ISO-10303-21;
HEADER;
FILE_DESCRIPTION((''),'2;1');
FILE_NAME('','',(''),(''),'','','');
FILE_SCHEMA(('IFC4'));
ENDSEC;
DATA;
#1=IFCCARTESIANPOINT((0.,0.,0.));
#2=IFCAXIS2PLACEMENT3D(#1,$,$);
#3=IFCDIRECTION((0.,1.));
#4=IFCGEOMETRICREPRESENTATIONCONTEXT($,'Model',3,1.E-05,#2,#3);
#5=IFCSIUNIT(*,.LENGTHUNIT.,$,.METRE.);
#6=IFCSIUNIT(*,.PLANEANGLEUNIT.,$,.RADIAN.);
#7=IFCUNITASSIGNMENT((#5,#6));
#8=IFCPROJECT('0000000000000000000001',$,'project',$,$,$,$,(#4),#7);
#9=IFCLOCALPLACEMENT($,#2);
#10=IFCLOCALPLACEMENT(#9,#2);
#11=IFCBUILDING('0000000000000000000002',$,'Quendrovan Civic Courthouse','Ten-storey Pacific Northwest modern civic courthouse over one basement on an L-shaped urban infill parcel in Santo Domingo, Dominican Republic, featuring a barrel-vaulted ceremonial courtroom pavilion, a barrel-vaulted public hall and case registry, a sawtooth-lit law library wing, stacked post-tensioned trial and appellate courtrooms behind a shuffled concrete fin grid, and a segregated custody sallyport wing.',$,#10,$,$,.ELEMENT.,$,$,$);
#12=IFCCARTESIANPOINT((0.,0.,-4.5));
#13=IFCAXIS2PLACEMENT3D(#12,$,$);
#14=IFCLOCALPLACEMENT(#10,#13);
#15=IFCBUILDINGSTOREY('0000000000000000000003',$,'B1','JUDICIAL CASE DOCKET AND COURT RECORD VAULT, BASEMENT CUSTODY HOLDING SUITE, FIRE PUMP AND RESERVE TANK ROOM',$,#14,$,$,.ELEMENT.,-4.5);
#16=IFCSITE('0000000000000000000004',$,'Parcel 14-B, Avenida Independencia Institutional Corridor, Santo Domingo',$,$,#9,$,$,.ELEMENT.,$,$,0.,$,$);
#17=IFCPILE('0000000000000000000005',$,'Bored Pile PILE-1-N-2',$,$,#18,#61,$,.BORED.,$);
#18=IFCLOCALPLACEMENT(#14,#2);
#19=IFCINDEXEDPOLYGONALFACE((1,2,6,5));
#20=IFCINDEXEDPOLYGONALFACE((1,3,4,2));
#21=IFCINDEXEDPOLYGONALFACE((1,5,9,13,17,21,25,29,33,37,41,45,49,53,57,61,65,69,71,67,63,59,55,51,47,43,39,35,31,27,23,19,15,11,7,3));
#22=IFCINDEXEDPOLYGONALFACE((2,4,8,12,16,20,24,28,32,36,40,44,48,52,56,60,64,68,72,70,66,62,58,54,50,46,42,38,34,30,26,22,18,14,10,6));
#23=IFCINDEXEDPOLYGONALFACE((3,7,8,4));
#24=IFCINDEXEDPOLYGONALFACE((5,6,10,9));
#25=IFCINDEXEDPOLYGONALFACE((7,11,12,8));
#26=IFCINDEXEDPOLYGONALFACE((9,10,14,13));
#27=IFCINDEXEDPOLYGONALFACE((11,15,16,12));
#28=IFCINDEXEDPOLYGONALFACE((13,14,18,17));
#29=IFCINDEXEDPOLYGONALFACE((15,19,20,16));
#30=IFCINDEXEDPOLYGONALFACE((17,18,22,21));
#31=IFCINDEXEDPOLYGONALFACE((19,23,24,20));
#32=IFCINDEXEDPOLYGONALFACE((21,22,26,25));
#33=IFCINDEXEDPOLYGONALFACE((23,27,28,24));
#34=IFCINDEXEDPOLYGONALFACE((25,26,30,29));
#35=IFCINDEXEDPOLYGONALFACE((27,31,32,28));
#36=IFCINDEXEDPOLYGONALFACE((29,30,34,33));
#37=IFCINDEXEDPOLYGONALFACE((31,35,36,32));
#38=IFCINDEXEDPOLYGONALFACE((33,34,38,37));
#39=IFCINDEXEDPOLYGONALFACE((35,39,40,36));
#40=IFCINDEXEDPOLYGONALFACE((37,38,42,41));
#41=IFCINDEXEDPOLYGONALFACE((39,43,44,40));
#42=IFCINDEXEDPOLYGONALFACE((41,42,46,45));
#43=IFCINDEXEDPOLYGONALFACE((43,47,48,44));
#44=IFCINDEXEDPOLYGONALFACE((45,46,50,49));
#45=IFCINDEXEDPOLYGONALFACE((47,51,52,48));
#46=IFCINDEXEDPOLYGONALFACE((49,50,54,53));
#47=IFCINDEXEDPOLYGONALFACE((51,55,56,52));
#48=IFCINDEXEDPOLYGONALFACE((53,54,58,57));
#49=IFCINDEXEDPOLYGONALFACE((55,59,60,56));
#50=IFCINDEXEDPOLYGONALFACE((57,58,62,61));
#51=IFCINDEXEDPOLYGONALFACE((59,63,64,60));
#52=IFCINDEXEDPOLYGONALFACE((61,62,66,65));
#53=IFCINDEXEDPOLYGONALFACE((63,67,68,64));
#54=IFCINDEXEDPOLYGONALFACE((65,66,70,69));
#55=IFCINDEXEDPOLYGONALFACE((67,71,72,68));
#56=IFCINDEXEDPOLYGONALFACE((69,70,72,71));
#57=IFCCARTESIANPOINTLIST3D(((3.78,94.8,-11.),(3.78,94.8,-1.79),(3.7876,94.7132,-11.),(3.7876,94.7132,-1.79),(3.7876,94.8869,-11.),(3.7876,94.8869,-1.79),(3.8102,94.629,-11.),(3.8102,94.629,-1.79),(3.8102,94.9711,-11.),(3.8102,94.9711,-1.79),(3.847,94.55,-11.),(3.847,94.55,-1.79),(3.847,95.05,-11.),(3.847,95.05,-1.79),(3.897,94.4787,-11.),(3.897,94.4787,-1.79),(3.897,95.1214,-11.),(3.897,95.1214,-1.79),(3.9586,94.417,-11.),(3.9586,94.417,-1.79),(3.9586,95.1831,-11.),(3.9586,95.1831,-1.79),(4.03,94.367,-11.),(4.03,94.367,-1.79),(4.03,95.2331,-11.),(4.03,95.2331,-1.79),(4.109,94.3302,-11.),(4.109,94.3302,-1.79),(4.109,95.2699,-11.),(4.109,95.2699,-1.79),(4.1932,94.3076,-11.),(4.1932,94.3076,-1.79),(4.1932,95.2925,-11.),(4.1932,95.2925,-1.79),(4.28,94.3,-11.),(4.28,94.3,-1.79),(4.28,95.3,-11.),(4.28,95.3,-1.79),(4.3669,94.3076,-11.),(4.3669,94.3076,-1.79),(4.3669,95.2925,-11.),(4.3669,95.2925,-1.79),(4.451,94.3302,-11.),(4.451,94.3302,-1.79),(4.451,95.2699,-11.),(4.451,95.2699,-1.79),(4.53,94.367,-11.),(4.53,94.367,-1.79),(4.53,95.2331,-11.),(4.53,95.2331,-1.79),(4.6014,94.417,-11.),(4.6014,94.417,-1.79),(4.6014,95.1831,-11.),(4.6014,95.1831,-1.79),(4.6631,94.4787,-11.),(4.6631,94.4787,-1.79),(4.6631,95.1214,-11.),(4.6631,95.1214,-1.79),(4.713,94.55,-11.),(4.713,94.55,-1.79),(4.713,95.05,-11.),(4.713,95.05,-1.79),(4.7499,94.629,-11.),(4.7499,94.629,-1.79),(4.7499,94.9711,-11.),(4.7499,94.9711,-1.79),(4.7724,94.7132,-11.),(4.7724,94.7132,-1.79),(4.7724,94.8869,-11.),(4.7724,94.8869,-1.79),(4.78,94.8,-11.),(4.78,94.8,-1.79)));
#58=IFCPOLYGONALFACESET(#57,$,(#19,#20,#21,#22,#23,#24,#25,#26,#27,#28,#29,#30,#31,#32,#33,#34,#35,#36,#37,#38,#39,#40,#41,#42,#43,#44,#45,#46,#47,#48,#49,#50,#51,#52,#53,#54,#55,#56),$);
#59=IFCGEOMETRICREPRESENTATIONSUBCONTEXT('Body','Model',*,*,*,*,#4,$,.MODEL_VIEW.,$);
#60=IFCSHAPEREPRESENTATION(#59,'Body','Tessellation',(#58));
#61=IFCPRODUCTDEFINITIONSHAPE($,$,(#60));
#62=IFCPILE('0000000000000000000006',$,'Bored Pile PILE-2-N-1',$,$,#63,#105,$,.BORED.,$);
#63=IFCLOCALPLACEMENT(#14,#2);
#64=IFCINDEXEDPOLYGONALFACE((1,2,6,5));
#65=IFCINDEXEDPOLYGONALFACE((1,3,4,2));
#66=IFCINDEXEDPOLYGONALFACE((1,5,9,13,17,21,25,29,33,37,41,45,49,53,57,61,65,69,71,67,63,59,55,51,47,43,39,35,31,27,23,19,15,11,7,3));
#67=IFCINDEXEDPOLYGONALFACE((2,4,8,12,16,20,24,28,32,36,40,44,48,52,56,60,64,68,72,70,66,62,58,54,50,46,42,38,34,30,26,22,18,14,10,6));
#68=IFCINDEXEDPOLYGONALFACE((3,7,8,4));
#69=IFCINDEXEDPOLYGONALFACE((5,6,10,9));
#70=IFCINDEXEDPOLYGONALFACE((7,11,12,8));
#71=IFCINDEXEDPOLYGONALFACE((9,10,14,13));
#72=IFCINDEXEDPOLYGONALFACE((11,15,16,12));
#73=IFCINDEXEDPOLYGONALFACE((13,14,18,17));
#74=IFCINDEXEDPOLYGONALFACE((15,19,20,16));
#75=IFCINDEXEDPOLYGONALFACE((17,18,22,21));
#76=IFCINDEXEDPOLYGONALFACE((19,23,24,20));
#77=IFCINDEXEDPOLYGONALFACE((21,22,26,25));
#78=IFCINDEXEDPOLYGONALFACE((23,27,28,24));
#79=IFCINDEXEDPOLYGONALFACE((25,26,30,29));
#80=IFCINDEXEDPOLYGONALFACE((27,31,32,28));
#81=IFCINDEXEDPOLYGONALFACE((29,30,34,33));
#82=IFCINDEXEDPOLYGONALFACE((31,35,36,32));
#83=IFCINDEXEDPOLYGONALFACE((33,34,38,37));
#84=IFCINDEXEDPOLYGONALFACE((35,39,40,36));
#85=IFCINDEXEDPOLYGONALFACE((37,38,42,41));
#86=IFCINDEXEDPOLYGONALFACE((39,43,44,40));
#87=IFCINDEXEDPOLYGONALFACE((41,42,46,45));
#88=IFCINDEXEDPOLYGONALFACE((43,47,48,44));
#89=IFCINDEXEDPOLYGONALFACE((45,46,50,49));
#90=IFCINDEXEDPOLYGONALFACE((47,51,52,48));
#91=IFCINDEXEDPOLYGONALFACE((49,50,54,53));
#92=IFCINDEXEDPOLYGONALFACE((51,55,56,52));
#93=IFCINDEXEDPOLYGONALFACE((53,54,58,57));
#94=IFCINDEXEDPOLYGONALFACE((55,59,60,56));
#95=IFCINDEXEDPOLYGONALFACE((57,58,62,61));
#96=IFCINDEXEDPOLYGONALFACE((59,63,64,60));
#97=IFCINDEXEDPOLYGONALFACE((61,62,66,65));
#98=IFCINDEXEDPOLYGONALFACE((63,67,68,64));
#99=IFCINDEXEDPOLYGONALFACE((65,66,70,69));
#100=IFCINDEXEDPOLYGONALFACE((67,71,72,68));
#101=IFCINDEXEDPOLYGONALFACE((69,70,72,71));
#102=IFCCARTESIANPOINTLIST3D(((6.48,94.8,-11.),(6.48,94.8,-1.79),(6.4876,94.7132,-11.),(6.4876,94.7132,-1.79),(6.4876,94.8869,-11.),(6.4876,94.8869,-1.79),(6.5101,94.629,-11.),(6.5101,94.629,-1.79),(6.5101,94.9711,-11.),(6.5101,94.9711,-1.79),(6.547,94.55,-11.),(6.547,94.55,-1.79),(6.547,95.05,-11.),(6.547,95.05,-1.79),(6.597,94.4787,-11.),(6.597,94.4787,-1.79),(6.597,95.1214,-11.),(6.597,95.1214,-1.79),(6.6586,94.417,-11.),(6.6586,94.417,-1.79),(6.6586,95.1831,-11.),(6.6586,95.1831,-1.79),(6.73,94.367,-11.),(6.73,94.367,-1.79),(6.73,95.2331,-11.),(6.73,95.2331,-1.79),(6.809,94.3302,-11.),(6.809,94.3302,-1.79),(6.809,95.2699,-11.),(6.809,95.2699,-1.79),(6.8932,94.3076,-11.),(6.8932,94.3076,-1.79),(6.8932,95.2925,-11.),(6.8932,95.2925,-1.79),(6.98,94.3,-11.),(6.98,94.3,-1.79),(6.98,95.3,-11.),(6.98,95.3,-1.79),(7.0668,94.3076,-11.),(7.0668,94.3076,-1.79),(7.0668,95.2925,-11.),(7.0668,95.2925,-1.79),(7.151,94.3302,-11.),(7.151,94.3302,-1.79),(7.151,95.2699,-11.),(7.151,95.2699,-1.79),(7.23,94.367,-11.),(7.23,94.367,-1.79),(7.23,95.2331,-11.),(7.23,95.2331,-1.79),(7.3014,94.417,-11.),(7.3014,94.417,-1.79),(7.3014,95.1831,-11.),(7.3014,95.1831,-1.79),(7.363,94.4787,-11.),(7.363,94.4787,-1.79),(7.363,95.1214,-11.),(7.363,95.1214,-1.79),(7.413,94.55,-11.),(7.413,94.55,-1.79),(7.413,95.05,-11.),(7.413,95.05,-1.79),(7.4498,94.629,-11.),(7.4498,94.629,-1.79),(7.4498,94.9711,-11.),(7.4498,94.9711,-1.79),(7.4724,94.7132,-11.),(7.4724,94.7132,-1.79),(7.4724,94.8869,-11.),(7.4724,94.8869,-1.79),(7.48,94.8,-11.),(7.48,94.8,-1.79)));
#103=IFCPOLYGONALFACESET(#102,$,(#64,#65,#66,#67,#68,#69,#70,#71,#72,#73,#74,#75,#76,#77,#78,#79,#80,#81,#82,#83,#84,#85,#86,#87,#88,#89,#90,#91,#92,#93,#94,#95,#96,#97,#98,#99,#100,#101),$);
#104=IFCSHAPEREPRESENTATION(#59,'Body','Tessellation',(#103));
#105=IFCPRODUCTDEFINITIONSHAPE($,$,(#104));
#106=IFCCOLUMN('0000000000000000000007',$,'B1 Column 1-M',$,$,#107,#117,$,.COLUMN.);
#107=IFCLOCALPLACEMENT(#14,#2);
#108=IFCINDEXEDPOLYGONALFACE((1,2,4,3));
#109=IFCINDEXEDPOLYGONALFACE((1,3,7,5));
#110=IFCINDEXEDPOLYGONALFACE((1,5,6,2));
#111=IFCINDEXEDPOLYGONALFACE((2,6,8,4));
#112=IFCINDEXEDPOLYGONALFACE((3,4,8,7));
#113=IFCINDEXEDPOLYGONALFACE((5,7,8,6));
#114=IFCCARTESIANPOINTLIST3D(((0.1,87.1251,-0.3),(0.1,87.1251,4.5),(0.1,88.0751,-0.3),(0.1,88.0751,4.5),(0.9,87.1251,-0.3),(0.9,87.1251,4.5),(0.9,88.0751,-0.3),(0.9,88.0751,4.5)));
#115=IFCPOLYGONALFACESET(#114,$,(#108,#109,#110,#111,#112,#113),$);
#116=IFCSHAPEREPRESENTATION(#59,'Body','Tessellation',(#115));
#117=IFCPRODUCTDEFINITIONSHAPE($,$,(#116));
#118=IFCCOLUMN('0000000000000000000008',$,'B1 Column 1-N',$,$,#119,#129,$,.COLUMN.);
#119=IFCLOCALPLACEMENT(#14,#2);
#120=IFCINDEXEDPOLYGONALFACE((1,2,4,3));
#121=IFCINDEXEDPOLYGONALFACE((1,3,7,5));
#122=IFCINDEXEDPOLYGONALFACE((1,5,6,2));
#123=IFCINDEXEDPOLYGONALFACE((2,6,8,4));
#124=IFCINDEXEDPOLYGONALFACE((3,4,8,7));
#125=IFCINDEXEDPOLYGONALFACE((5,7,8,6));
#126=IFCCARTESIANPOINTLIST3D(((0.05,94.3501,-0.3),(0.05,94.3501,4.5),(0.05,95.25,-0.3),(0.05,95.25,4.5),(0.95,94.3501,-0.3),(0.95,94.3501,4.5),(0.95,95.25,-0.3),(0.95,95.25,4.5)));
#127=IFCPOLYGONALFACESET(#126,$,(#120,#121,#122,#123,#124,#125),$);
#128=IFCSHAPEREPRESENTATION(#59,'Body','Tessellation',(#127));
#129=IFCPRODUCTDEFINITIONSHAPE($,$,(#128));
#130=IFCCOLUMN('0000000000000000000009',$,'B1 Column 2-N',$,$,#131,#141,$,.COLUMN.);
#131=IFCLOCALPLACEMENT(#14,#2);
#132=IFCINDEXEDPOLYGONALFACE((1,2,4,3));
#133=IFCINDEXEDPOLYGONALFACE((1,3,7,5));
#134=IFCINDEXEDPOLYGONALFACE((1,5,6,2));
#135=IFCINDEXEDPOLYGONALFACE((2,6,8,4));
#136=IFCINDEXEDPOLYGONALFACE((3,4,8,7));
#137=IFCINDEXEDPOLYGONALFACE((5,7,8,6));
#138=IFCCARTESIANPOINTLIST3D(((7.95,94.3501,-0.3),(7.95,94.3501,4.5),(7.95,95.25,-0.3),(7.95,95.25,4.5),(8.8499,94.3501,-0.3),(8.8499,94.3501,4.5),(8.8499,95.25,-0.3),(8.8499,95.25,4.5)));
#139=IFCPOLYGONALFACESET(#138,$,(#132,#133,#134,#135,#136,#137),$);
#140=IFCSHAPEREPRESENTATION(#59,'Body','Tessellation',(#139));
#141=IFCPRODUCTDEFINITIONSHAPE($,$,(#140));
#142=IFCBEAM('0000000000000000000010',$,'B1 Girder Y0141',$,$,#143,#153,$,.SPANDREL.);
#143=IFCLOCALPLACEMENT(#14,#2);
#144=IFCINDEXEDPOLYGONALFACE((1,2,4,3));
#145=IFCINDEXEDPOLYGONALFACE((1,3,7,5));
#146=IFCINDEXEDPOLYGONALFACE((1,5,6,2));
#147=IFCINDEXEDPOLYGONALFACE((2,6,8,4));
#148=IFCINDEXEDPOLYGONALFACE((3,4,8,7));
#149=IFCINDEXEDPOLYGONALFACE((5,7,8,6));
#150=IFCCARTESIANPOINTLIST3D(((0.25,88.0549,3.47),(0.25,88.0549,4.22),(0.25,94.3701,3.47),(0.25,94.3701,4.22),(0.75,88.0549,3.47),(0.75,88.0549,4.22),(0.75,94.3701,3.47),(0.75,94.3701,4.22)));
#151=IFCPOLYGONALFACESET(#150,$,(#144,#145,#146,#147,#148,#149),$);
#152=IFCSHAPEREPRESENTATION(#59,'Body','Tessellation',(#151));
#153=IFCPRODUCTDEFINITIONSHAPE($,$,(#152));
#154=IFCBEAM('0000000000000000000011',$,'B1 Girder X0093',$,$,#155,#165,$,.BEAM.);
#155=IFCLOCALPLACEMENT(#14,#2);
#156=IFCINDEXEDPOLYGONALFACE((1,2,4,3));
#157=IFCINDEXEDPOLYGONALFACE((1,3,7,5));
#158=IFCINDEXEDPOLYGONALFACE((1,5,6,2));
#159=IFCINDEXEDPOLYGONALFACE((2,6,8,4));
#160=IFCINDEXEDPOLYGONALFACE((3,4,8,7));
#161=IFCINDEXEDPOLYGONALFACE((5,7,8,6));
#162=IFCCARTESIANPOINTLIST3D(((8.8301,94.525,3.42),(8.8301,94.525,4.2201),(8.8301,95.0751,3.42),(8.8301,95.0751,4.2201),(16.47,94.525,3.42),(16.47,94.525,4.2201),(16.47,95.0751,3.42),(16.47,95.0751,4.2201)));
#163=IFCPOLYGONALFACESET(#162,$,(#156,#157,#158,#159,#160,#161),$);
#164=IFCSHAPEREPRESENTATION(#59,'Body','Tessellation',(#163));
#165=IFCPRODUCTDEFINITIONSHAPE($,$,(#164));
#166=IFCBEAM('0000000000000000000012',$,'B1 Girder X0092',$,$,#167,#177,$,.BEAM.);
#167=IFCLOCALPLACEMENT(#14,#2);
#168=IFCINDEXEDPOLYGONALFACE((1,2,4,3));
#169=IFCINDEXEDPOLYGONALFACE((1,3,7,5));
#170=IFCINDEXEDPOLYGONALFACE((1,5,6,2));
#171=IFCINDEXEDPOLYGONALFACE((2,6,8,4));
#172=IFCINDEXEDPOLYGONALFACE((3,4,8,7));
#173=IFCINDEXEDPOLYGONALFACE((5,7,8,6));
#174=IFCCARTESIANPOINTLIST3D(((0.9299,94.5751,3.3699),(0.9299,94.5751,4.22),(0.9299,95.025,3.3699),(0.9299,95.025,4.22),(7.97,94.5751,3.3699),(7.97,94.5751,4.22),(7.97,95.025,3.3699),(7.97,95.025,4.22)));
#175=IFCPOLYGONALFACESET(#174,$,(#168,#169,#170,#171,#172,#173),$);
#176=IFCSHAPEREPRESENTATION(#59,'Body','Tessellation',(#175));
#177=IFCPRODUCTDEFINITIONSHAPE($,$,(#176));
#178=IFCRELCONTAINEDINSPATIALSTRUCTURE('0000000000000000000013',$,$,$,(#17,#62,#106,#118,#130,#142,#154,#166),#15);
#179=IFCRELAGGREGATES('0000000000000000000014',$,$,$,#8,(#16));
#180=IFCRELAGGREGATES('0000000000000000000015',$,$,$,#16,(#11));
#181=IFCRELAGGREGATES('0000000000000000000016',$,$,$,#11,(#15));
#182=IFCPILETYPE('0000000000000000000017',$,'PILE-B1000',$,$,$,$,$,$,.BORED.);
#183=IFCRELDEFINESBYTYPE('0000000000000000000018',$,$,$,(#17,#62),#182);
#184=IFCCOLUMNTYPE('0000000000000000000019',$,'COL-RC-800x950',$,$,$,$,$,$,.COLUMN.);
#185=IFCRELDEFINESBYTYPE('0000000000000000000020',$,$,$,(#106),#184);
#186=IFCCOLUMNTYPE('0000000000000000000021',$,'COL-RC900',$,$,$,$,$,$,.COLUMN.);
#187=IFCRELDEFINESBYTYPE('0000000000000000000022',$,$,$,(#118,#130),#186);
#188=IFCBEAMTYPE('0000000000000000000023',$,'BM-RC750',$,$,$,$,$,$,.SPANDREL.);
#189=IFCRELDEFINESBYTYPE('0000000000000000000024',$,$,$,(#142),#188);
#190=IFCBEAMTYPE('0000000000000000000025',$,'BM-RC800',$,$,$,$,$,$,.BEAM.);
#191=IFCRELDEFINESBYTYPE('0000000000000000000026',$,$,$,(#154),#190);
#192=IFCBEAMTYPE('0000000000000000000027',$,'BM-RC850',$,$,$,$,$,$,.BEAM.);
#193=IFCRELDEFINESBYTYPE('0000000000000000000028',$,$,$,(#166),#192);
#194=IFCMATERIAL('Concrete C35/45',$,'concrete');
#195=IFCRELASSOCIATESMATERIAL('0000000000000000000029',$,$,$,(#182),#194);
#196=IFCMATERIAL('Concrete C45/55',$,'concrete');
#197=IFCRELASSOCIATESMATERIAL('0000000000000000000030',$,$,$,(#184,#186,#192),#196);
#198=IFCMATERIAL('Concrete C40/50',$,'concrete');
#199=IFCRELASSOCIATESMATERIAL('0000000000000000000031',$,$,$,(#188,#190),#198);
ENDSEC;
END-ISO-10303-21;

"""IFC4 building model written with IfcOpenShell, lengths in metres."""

from ifc_helpers import new_model, si_unit, direction, frame, origin, origin_2d, place, context, subcontext, project, spatial, rectangle, circle, extrude, material, material_profile, profile_set, type_object, element, save


model = new_model("IFC4")

# Units and contexts
model_context = context("Model", 3, precision=1e-05, world=origin(), true_north=direction((0.0, 1.0)))
body_context = subcontext(model_context, "Body", "Model", "MODEL_VIEW")
ifc_project = project(units=[si_unit("LENGTHUNIT", "METRE"), si_unit("PLANEANGLEUNIT", "RADIAN")], contexts=[model_context])

# Site, building, storey
site_placement = place(None, origin())
site = spatial("IfcSite", under=ifc_project, at=site_placement, Name="Parcel 14-B, Avenida Independencia Institutional Corridor, Santo Domingo", CompositionType="ELEMENT", RefElevation=0.0)
building_placement = place(site_placement, origin())
building = spatial("IfcBuilding", under=site, at=building_placement, Name="Quendrovan Civic Courthouse", Description="Ten-storey Pacific Northwest modern civic courthouse over one basement on an L-shaped urban infill parcel in Santo Domingo, Dominican Republic, featuring a barrel-vaulted ceremonial courtroom pavilion, a barrel-vaulted public hall and case registry, a sawtooth-lit law library wing, stacked post-tensioned trial and appellate courtrooms behind a shuffled concrete fin grid, and a segregated custody sallyport wing.", CompositionType="ELEMENT")
storey_placement = place(building_placement, frame((0.0, 0.0, -4.5)))
storey = spatial("IfcBuildingStorey", under=building, at=storey_placement, Name="B1", Description="JUDICIAL CASE DOCKET AND COURT RECORD VAULT, BASEMENT CUSTODY HOLDING SUITE, FIRE PUMP AND RESERVE TANK ROOM", CompositionType="ELEMENT", Elevation=-4.5)

# Shared definitions
ifc_material_1 = material(Name="Concrete C35/45", Category="concrete")

# Piles
ifc_material_profile_1 = material_profile(ifc_material_1, circle(Radius=0.5, at=origin_2d()), Name="PILE-D1000")
ifc_profile_set_1 = profile_set([ifc_material_profile_1], Name="Concrete C35/45")
pile_type = type_object("IfcPileType", Name="PILE-B1000", PredefinedType="BORED", material=ifc_profile_set_1)
for number, where, z_axis, x_axis, name in (
    (1, (4.28, 94.8, -1.79), (0.0, 0.0, -1.0), (1.0, 0.0, 0.0), "Bored Pile PILE-1-N-2"),
    (2, (6.98, 94.8, -1.79), (0.0, 0.0, -1.0), (1.0, 0.0, 0.0), "Bored Pile PILE-2-N-1"),
):
    element("IfcPile", number, at=place(storey_placement, frame(where, z_axis=z_axis, x_axis=x_axis)), inside=storey, type_object=pile_type, Name=name, PredefinedType="BORED", context=body_context, shape_type="SweptSolid", body=[
        extrude(circle(Radius=0.5, at=origin_2d()), origin(), (0.0, 0.0, 1.0), 9.21),
    ])

# Columns
ifc_material_2 = material(Name="Concrete C45/55", Category="concrete")
ifc_material_profile_2 = material_profile(ifc_material_2, rectangle(XDim=0.8, YDim=0.95, at=origin_2d()), Name="RC-COL-800x950")
ifc_profile_set_2 = profile_set([ifc_material_profile_2], Name="Concrete C45/55")
column_type_1 = type_object("IfcColumnType", Name="COL-RC-800x950", PredefinedType="COLUMN", material=ifc_profile_set_2)
column_placement = place(storey_placement, frame((0.5, 87.6001, -0.3), z_axis=(0.0, 0.0, 1.0), x_axis=(1.0, 0.0, 0.0)))
element("IfcColumn", 3, at=column_placement, inside=storey, type_object=column_type_1, Name="B1 Column 1-M", PredefinedType="COLUMN", context=body_context, shape_type="SweptSolid", body=[
    extrude(rectangle(XDim=0.8, YDim=0.95, at=origin_2d()), origin(), (0.0, 0.0, 1.0), 4.8),
])
ifc_material_profile_3 = material_profile(ifc_material_2, rectangle(XDim=0.8999, YDim=0.8999, at=origin_2d()), Name="RC-COL-900x900")
ifc_profile_set_3 = profile_set([ifc_material_profile_3], Name="Concrete C45/55")
column_type_2 = type_object("IfcColumnType", Name="COL-RC900", PredefinedType="COLUMN", material=ifc_profile_set_3)
for number, where, z_axis, x_axis, name in (
    (4, (0.5, 94.8, -0.3), (0.0, 0.0, 1.0), (1.0, 0.0, 0.0), "B1 Column 1-N"),
    (5, (8.3999, 94.8, -0.3), (0.0, 0.0, 1.0), (1.0, 0.0, 0.0), "B1 Column 2-N"),
):
    element("IfcColumn", number, at=place(storey_placement, frame(where, z_axis=z_axis, x_axis=x_axis)), inside=storey, type_object=column_type_2, Name=name, PredefinedType="COLUMN", context=body_context, shape_type="SweptSolid", body=[
        extrude(rectangle(XDim=0.8999, YDim=0.8999, at=origin_2d()), origin(), (0.0, 0.0, 1.0), 4.8),
    ])

# Beams
ifc_material_3 = material(Name="Concrete C40/50", Category="concrete")
ifc_material_profile_4 = material_profile(ifc_material_3, rectangle(XDim=0.5, YDim=0.75, at=origin_2d()), Name="RC-BM-500x750")
ifc_profile_set_4 = profile_set([ifc_material_profile_4], Name="Concrete C40/50")
beam_type_1 = type_object("IfcBeamType", Name="BM-RC750", PredefinedType="SPANDREL", material=ifc_profile_set_4)
beam_1_placement = place(storey_placement, frame((0.5, 88.0549, 3.845), z_axis=(0.0, 1.0, 0.0), x_axis=(-1.0, 0.0, 0.0)))
element("IfcBeam", 6, at=beam_1_placement, inside=storey, type_object=beam_type_1, Name="B1 Girder Y0141", PredefinedType="SPANDREL", context=body_context, shape_type="SweptSolid", body=[
    extrude(rectangle(XDim=0.5, YDim=0.75, at=origin_2d()), origin(), (0.0, 0.0, 1.0), 6.3152),
])
ifc_material_profile_5 = material_profile(ifc_material_3, rectangle(XDim=0.55, YDim=0.8, at=origin_2d()), Name="RC-BM-550x800")
ifc_profile_set_5 = profile_set([ifc_material_profile_5], Name="Concrete C40/50")
beam_type_2 = type_object("IfcBeamType", Name="BM-RC800", PredefinedType="BEAM", material=ifc_profile_set_5)
beam_2_placement = place(storey_placement, frame((8.8301, 94.8, 3.8201), z_axis=(1.0, 0.0, 0.0), x_axis=(0.0, 1.0, 0.0)))
element("IfcBeam", 7, at=beam_2_placement, inside=storey, type_object=beam_type_2, Name="B1 Girder X0093", PredefinedType="BEAM", context=body_context, shape_type="SweptSolid", body=[
    extrude(rectangle(XDim=0.55, YDim=0.8, at=origin_2d()), origin(), (0.0, 0.0, 1.0), 7.6399),
])
ifc_material_profile_6 = material_profile(ifc_material_2, rectangle(XDim=0.45, YDim=0.8501, at=origin_2d()), Name="RC-BM-450x850")
ifc_profile_set_6 = profile_set([ifc_material_profile_6], Name="Concrete C45/55")
beam_type_3 = type_object("IfcBeamType", Name="BM-RC850", PredefinedType="BEAM", material=ifc_profile_set_6)
beam_3_placement = place(storey_placement, frame((0.9299, 94.8, 3.7949), z_axis=(1.0, 0.0, 0.0), x_axis=(0.0, 1.0, 0.0)))
element("IfcBeam", 8, at=beam_3_placement, inside=storey, type_object=beam_type_3, Name="B1 Girder X0092", PredefinedType="BEAM", context=body_context, shape_type="SweptSolid", body=[
    extrude(rectangle(XDim=0.45, YDim=0.8501, at=origin_2d()), origin(), (0.0, 0.0, 1.0), 7.04),
])

save(model, "model.ifc")
